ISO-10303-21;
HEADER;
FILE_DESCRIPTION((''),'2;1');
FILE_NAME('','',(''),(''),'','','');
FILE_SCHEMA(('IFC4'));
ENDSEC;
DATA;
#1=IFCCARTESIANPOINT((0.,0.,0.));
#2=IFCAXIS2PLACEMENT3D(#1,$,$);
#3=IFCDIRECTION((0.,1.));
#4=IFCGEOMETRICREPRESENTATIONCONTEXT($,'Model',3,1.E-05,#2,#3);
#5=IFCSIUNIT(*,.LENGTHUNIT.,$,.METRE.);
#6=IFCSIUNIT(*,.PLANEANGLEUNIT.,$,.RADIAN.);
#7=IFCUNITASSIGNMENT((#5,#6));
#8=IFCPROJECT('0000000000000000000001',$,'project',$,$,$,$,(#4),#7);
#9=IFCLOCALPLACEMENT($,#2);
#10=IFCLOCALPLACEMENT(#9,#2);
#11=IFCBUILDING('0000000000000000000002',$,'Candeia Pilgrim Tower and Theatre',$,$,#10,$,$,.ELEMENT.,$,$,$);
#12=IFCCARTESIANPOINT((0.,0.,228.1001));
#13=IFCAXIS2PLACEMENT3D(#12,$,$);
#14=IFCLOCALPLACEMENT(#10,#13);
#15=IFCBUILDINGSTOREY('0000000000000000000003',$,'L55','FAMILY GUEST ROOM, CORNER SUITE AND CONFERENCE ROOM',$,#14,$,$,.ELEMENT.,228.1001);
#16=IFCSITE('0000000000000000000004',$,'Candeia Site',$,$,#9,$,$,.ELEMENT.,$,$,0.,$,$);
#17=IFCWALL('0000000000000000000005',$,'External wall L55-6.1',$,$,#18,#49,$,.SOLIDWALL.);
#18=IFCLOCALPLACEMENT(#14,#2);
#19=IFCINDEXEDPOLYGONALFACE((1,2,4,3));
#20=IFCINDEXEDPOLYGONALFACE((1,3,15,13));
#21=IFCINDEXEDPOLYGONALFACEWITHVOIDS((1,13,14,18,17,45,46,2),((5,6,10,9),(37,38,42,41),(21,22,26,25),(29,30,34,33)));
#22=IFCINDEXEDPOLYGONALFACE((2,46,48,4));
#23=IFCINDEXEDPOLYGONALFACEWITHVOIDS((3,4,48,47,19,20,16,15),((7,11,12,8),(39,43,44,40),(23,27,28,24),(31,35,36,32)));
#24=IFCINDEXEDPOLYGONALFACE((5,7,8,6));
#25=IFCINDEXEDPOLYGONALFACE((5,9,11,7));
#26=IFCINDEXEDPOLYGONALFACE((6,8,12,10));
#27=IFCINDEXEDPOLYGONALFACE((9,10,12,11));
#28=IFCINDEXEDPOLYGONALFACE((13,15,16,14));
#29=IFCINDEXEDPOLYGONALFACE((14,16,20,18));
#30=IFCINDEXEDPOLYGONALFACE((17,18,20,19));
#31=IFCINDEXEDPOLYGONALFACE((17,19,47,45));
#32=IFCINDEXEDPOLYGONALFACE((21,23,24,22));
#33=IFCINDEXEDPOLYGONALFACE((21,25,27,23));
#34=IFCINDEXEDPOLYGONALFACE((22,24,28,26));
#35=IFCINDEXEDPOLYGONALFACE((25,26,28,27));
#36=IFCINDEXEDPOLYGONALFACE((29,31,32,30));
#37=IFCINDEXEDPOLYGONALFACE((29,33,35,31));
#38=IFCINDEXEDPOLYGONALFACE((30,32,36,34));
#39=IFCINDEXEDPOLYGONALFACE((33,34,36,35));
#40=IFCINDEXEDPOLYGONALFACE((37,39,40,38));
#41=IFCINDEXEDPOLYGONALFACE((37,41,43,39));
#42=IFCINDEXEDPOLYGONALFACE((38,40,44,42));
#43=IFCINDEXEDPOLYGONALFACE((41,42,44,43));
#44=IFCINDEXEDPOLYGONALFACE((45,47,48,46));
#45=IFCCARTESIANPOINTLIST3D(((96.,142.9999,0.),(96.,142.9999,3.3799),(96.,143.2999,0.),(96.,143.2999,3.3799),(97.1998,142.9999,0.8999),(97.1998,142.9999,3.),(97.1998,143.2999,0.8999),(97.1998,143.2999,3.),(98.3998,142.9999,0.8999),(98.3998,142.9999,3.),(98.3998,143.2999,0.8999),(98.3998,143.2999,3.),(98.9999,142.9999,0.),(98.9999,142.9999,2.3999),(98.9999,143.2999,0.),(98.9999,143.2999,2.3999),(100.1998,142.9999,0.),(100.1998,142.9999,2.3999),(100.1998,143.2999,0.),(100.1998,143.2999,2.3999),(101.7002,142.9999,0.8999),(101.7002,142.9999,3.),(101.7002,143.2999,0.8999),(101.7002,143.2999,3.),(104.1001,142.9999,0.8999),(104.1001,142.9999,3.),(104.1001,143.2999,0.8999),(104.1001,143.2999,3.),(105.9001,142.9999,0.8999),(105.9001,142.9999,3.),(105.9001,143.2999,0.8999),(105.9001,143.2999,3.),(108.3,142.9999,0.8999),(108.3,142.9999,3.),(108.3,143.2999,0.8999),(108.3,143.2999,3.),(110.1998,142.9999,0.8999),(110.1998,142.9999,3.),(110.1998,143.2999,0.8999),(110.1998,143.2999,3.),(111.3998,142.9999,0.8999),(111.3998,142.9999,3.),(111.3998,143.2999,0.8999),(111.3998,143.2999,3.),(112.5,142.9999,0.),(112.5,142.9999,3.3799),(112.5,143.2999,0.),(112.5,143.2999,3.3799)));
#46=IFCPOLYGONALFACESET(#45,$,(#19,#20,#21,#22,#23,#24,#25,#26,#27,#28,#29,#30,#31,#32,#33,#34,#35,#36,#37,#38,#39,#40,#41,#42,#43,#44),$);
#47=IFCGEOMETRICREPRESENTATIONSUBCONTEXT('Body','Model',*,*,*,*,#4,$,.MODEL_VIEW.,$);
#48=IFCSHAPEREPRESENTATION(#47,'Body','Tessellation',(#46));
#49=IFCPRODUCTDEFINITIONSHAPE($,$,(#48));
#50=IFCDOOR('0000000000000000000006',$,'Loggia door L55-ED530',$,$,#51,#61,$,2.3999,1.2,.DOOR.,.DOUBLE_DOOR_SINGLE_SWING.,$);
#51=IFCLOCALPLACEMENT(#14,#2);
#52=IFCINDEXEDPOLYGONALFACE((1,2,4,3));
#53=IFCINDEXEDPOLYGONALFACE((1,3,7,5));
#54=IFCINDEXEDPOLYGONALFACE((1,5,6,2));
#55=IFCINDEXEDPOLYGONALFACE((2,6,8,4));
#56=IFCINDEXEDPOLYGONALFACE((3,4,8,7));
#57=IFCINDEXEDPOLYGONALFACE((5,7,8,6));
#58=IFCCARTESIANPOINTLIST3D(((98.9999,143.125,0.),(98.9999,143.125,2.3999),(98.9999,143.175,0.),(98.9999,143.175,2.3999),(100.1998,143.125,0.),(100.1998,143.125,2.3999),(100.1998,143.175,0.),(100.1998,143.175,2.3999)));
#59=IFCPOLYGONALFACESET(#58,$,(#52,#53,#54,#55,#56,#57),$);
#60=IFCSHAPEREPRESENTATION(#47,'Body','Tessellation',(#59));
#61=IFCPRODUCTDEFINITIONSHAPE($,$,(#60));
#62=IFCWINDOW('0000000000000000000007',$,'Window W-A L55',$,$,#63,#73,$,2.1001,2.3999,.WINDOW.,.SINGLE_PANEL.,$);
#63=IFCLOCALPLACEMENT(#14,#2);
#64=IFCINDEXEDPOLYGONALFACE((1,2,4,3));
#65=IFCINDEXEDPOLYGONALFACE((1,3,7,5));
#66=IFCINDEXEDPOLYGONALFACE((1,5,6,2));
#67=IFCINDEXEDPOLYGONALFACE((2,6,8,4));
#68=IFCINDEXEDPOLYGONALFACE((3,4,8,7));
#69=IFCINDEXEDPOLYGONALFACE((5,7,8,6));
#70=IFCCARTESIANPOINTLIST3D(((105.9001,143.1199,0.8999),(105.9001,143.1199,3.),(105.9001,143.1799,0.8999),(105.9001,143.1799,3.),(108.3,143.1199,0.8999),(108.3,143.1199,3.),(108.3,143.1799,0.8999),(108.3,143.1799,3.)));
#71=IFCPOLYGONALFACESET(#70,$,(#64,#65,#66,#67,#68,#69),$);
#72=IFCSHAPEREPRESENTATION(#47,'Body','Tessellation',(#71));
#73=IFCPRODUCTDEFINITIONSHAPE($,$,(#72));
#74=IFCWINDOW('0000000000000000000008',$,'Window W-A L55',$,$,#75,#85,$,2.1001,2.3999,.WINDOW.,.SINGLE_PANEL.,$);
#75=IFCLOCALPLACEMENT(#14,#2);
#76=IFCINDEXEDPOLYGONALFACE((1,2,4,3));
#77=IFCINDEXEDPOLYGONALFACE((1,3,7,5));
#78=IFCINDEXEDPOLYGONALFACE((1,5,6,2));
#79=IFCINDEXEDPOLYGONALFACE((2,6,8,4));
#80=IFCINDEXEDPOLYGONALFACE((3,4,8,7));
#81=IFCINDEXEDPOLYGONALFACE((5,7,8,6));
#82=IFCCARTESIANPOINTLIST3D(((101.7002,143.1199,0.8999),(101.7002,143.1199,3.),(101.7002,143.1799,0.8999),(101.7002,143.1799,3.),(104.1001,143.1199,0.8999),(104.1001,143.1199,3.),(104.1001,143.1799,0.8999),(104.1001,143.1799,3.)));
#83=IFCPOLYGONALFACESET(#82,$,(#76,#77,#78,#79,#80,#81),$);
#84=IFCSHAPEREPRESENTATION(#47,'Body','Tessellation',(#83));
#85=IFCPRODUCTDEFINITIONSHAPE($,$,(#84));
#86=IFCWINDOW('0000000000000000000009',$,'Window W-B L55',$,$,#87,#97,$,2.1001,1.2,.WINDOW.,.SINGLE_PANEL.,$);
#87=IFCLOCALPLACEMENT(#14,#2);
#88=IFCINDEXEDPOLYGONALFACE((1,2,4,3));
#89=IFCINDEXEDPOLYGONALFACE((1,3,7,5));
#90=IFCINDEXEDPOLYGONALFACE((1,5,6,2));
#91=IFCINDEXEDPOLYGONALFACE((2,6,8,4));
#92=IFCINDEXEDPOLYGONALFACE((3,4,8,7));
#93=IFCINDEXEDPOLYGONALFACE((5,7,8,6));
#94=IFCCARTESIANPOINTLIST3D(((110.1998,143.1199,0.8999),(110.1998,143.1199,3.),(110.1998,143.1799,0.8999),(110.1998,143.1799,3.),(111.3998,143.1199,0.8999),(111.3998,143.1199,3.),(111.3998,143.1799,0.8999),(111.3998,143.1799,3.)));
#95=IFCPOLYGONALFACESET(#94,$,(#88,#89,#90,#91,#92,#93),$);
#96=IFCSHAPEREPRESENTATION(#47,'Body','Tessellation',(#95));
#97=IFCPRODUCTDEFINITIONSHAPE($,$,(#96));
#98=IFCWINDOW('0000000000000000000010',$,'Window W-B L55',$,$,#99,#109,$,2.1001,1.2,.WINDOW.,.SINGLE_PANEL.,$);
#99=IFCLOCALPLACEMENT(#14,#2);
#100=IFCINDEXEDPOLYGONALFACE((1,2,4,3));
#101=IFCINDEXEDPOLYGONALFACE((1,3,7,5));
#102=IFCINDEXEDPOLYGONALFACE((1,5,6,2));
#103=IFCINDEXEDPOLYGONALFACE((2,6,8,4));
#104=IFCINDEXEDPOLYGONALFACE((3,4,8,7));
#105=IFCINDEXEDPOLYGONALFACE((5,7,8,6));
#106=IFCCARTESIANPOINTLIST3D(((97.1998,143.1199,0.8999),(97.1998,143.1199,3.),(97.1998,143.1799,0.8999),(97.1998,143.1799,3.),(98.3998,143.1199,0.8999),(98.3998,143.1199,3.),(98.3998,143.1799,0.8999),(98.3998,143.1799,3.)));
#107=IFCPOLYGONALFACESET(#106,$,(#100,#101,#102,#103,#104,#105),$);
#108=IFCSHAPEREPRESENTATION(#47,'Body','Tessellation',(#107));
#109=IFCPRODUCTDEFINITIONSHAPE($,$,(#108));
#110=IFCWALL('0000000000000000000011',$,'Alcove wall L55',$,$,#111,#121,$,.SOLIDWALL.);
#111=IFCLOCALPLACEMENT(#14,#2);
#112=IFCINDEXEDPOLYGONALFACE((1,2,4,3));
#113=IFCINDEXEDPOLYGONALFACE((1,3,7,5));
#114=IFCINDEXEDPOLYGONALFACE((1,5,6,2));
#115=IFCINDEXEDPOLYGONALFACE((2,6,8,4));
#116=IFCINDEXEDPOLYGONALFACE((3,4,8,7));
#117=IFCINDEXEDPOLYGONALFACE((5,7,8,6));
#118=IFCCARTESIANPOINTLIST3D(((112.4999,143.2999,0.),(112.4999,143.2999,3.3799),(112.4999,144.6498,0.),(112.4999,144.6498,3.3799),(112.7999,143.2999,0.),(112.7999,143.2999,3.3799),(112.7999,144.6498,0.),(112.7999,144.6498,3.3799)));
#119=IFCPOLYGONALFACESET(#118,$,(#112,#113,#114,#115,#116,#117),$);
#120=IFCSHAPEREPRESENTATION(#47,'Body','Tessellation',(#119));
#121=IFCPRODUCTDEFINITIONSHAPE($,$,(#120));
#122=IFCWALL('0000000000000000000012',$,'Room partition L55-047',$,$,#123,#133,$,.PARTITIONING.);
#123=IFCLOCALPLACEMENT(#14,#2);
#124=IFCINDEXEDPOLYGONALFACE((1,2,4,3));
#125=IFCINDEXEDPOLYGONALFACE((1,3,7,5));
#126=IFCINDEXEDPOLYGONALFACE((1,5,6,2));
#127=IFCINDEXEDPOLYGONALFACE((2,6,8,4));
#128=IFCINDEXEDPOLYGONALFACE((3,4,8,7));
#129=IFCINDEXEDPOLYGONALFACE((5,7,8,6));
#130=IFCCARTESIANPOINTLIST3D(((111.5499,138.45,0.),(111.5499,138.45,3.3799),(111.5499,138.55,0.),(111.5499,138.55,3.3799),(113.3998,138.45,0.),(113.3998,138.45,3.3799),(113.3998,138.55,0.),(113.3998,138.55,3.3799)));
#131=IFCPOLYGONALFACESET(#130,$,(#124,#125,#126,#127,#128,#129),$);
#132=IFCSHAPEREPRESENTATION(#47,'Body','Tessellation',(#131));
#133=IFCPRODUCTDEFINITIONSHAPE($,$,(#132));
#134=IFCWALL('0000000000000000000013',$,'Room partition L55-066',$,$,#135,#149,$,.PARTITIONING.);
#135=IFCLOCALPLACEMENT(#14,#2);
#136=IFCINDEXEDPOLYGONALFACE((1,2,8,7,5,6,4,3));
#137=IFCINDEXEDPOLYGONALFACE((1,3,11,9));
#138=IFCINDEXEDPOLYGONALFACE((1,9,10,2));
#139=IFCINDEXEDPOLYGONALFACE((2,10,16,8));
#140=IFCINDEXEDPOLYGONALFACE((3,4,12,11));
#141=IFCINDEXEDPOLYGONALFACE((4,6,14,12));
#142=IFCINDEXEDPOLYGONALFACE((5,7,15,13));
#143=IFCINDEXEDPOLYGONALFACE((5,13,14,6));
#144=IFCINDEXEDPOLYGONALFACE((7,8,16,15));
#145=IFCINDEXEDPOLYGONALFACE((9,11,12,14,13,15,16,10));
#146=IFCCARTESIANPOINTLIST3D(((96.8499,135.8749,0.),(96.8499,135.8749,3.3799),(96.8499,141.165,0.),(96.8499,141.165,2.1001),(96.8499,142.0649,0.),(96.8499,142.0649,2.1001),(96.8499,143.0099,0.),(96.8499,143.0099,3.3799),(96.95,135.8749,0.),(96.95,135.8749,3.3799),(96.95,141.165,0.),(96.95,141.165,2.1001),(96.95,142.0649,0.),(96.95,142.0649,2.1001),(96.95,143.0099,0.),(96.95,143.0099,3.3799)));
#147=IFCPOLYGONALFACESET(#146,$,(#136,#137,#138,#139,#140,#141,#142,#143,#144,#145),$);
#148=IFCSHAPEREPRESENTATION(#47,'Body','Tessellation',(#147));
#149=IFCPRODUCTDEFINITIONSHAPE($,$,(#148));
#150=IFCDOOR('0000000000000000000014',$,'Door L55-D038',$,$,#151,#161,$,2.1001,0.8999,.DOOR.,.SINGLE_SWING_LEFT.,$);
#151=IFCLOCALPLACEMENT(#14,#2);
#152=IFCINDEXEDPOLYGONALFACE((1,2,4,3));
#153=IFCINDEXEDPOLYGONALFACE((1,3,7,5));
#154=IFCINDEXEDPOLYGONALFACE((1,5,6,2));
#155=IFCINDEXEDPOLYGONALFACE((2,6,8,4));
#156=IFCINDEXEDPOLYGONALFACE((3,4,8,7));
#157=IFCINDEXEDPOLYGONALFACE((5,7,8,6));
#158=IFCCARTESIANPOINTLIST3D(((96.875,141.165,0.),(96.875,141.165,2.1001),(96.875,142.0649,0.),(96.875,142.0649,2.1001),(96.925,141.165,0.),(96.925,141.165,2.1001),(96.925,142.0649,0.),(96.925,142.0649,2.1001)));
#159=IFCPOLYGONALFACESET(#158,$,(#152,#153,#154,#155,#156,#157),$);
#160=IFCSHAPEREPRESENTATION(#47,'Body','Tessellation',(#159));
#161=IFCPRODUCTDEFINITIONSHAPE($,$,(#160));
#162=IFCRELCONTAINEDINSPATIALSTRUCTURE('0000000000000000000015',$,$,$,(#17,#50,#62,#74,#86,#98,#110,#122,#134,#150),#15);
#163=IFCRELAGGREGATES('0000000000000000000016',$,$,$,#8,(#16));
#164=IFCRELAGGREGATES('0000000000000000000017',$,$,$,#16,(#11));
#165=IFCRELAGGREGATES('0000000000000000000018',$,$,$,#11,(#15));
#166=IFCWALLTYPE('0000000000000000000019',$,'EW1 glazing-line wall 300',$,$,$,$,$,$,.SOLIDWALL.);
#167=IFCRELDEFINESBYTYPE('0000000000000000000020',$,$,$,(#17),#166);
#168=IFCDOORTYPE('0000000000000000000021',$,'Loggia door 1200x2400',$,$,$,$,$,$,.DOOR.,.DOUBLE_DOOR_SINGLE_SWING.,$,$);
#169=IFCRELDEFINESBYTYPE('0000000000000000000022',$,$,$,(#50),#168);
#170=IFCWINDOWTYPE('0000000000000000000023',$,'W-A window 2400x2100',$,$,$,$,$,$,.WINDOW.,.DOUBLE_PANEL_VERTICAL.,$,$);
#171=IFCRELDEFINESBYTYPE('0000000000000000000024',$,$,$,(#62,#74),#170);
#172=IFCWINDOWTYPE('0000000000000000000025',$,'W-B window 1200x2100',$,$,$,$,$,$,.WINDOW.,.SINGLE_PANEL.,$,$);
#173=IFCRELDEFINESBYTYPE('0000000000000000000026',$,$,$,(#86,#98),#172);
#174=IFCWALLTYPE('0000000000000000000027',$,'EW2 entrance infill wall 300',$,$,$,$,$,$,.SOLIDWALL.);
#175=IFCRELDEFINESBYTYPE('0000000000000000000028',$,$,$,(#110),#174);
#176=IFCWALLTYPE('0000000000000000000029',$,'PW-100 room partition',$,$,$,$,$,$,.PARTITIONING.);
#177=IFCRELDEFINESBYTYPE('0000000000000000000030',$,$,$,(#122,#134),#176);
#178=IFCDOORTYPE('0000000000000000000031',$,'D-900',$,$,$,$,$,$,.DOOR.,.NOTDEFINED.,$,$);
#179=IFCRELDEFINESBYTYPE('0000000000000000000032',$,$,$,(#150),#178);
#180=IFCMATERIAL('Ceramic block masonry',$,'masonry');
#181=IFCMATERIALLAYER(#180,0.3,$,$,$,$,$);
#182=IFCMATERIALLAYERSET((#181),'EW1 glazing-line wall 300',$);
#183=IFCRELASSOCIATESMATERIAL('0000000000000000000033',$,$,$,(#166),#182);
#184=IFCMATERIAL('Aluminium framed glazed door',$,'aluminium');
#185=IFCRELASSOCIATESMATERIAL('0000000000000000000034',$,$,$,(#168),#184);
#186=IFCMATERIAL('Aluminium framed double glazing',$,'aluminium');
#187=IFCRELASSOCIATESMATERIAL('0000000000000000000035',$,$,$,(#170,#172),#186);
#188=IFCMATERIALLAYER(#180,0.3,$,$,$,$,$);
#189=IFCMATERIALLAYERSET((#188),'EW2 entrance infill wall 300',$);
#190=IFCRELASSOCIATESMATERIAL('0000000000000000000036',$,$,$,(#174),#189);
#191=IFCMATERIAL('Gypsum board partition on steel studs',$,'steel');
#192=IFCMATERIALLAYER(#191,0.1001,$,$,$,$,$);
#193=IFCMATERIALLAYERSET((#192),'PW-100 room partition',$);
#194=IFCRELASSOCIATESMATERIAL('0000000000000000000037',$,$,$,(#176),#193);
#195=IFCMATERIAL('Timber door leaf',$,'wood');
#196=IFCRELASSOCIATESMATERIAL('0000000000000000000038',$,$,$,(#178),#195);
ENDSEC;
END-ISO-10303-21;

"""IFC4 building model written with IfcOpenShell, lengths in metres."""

from ifc_helpers import new_model, si_unit, direction, frame, frame_2d, origin, place, context, subcontext, project, spatial, rectangle, extrude, material, layer, layer_set, type_object, element, fill, save


model = new_model("IFC4")

# Units and contexts
model_context = context("Model", 3, precision=1e-05, world=origin(), true_north=direction((0.0, 1.0)))
body_context = subcontext(model_context, "Body", "Model", "MODEL_VIEW")
ifc_project = project(units=[si_unit("LENGTHUNIT", "METRE"), si_unit("PLANEANGLEUNIT", "RADIAN")], contexts=[model_context])

# Site, building, storey
site_placement = place(None, origin())
site = spatial("IfcSite", under=ifc_project, at=site_placement, Name="Candeia Site", CompositionType="ELEMENT", RefElevation=0.0)
building_placement = place(site_placement, origin())
building = spatial("IfcBuilding", under=site, at=building_placement, Name="Candeia Pilgrim Tower and Theatre", CompositionType="ELEMENT")
storey_placement = place(building_placement, frame((0.0, 0.0, 228.1001)))
storey = spatial("IfcBuildingStorey", under=building, at=storey_placement, Name="L55", Description="FAMILY GUEST ROOM, CORNER SUITE AND CONFERENCE ROOM", CompositionType="ELEMENT", Elevation=228.1001)

# Wall, openings, door, windows
ifc_material_1 = material(Name="Ceramic block masonry", Category="masonry")
ifc_layer_1 = layer(ifc_material_1, 0.3)
ifc_layer_set_1 = layer_set([ifc_layer_1], Name="EW1 glazing-line wall 300")
wall_type_1 = type_object("IfcWallType", Name="EW1 glazing-line wall 300", PredefinedType="SOLIDWALL", material=ifc_layer_set_1)
wall_1_placement = place(storey_placement, frame((112.5, 143.1499, 0.0), z_axis=(0.0, 0.0, 1.0), x_axis=(-1.0, 0.0, 0.0)))
wall_1 = element("IfcWall", 1, at=wall_1_placement, inside=storey, type_object=wall_type_1, Name="External wall L55-6.1", PredefinedType="SOLIDWALL", context=body_context, shape_type="SweptSolid", body=[
    extrude(rectangle(XDim=16.5, YDim=0.3, at=frame_2d((8.25, 0.0))), origin(), (0.0, 0.0, 1.0), 3.3799),
])
opening_1_placement = place(wall_1_placement, frame((1.1001, 0.0, 0.8999)))
opening_1 = element("IfcOpeningElement", 2, at=opening_1_placement, cuts=wall_1, PredefinedType="OPENING", context=body_context, shape_type="SweptSolid", body=[
    extrude(rectangle(XDim=1.2, YDim=2.1001, at=frame_2d((0.6001, 1.05))), frame((0.0, 0.1602, 0.0), z_axis=(0.0, -1.0, 0.0), x_axis=(1.0, 0.0, 0.0)), (0.0, 0.0, 1.0), 0.3201),
])
opening_2_placement = place(wall_1_placement, frame((4.2, 0.0, 0.8999)))
opening_2 = element("IfcOpeningElement", 3, at=opening_2_placement, cuts=wall_1, PredefinedType="OPENING", context=body_context, shape_type="SweptSolid", body=[
    extrude(rectangle(XDim=2.3999, YDim=2.1001, at=frame_2d((1.2, 1.05))), frame((0.0, 0.1602, 0.0), z_axis=(0.0, -1.0, 0.0), x_axis=(1.0, 0.0, 0.0)), (0.0, 0.0, 1.0), 0.3201),
])
opening_3_placement = place(wall_1_placement, frame((8.3999, 0.0, 0.8999)))
opening_3 = element("IfcOpeningElement", 4, at=opening_3_placement, cuts=wall_1, PredefinedType="OPENING", context=body_context, shape_type="SweptSolid", body=[
    extrude(rectangle(XDim=2.3999, YDim=2.1001, at=frame_2d((1.2, 1.05))), frame((0.0, 0.1602, 0.0), z_axis=(0.0, -1.0, 0.0), x_axis=(1.0, 0.0, 0.0)), (0.0, 0.0, 1.0), 0.3201),
])
opening_4_placement = place(wall_1_placement, frame((12.3, 0.0, 0.0)))
opening_4 = element("IfcOpeningElement", 5, at=opening_4_placement, cuts=wall_1, PredefinedType="OPENING", context=body_context, shape_type="SweptSolid", body=[
    extrude(rectangle(XDim=1.2, YDim=2.3999, at=frame_2d((0.6001, 1.2))), frame((0.0, 0.1602, 0.0), z_axis=(0.0, -1.0, 0.0), x_axis=(1.0, 0.0, 0.0)), (0.0, 0.0, 1.0), 0.3201),
])
opening_5_placement = place(wall_1_placement, frame((14.1001, 0.0, 0.8999)))
opening_5 = element("IfcOpeningElement", 6, at=opening_5_placement, cuts=wall_1, PredefinedType="OPENING", context=body_context, shape_type="SweptSolid", body=[
    extrude(rectangle(XDim=1.2, YDim=2.1001, at=frame_2d((0.6001, 1.05))), frame((0.0, 0.1602, 0.0), z_axis=(0.0, -1.0, 0.0), x_axis=(1.0, 0.0, 0.0)), (0.0, 0.0, 1.0), 0.3201),
])
ifc_material_2 = material(Name="Aluminium framed glazed door", Category="aluminium")
door_type_1 = type_object("IfcDoorType", Name="Loggia door 1200x2400", OperationType="DOUBLE_DOOR_SINGLE_SWING", PredefinedType="DOOR", material=ifc_material_2)
door_1_placement = place(opening_4_placement, origin())
door_1 = element("IfcDoor", 7, at=door_1_placement, inside=storey, type_object=door_type_1, Name="Loggia door L55-ED530", OperationType="DOUBLE_DOOR_SINGLE_SWING", OverallHeight=2.3999, OverallWidth=1.2, PredefinedType="DOOR", context=body_context, shape_type="SweptSolid", body=[
    extrude(rectangle(XDim=1.2, YDim=2.3999, at=frame_2d((0.6001, 1.2))), frame((0.0, 0.0249, 0.0), z_axis=(0.0, -1.0, 0.0), x_axis=(1.0, 0.0, 0.0)), (0.0, 0.0, 1.0), 0.05),
])
fill(opening_4, door_1)
ifc_material_3 = material(Name="Aluminium framed double glazing", Category="aluminium")
window_type_1 = type_object("IfcWindowType", Name="W-A window 2400x2100", PartitioningType="DOUBLE_PANEL_VERTICAL", PredefinedType="WINDOW", material=ifc_material_3)
window_1_placement = place(opening_2_placement, origin())
window_1 = element("IfcWindow", 8, at=window_1_placement, inside=storey, type_object=window_type_1, Name="Window W-A L55", OverallHeight=2.1001, OverallWidth=2.3999, PartitioningType="SINGLE_PANEL", PredefinedType="WINDOW", context=body_context, shape_type="SweptSolid", body=[
    extrude(rectangle(XDim=2.3999, YDim=2.1001, at=frame_2d((1.2, 1.05))), frame((0.0, 0.03, 0.0), z_axis=(0.0, -1.0, 0.0), x_axis=(1.0, 0.0, 0.0)), (0.0, 0.0, 1.0), 0.0601),
])
fill(opening_2, window_1)
window_2_placement = place(opening_3_placement, origin())
window_2 = element("IfcWindow", 9, at=window_2_placement, inside=storey, type_object=window_type_1, Name="Window W-A L55", OverallHeight=2.1001, OverallWidth=2.3999, PartitioningType="SINGLE_PANEL", PredefinedType="WINDOW", context=body_context, shape_type="SweptSolid", body=[
    extrude(rectangle(XDim=2.3999, YDim=2.1001, at=frame_2d((1.2, 1.05))), frame((0.0, 0.03, 0.0), z_axis=(0.0, -1.0, 0.0), x_axis=(1.0, 0.0, 0.0)), (0.0, 0.0, 1.0), 0.0601),
])
fill(opening_3, window_2)
window_type_2 = type_object("IfcWindowType", Name="W-B window 1200x2100", PartitioningType="SINGLE_PANEL", PredefinedType="WINDOW", material=ifc_material_3)
window_3_placement = place(opening_1_placement, origin())
window_3 = element("IfcWindow", 10, at=window_3_placement, inside=storey, type_object=window_type_2, Name="Window W-B L55", OverallHeight=2.1001, OverallWidth=1.2, PartitioningType="SINGLE_PANEL", PredefinedType="WINDOW", context=body_context, shape_type="SweptSolid", body=[
    extrude(rectangle(XDim=1.2, YDim=2.1001, at=frame_2d((0.6001, 1.05))), frame((0.0, 0.03, 0.0), z_axis=(0.0, -1.0, 0.0), x_axis=(1.0, 0.0, 0.0)), (0.0, 0.0, 1.0), 0.0601),
])
fill(opening_1, window_3)
window_4_placement = place(opening_5_placement, origin())
window_4 = element("IfcWindow", 11, at=window_4_placement, inside=storey, type_object=window_type_2, Name="Window W-B L55", OverallHeight=2.1001, OverallWidth=1.2, PartitioningType="SINGLE_PANEL", PredefinedType="WINDOW", context=body_context, shape_type="SweptSolid", body=[
    extrude(rectangle(XDim=1.2, YDim=2.1001, at=frame_2d((0.6001, 1.05))), frame((0.0, 0.03, 0.0), z_axis=(0.0, -1.0, 0.0), x_axis=(1.0, 0.0, 0.0)), (0.0, 0.0, 1.0), 0.0601),
])
fill(opening_5, window_4)

# Walls
ifc_layer_2 = layer(ifc_material_1, 0.3)
ifc_layer_set_2 = layer_set([ifc_layer_2], Name="EW2 entrance infill wall 300")
wall_type_2 = type_object("IfcWallType", Name="EW2 entrance infill wall 300", PredefinedType="SOLIDWALL", material=ifc_layer_set_2)
wall_2_placement = place(storey_placement, frame((112.6499, 143.3, 0.0), z_axis=(0.0, 0.0, 1.0), x_axis=(0.0, 1.0, 0.0)))
element("IfcWall", 12, at=wall_2_placement, inside=storey, type_object=wall_type_2, Name="Alcove wall L55", PredefinedType="SOLIDWALL", context=body_context, shape_type="SweptSolid", body=[
    extrude(rectangle(XDim=1.3499, YDim=0.3, at=frame_2d((0.6748, 0.0))), origin(), (0.0, 0.0, 1.0), 3.3799),
])
ifc_material_4 = material(Name="Gypsum board partition on steel studs", Category="steel")
ifc_layer_3 = layer(ifc_material_4, 0.1001)
ifc_layer_set_3 = layer_set([ifc_layer_3], Name="PW-100 room partition")
wall_type_3 = type_object("IfcWallType", Name="PW-100 room partition", PredefinedType="PARTITIONING", material=ifc_layer_set_3)
wall_3_placement = place(storey_placement, frame((111.55, 138.5, 0.0), z_axis=(0.0, 0.0, 1.0), x_axis=(1.0, 0.0, 0.0)))
element("IfcWall", 13, at=wall_3_placement, inside=storey, type_object=wall_type_3, Name="Room partition L55-047", PredefinedType="PARTITIONING", context=body_context, shape_type="SweptSolid", body=[
    extrude(rectangle(XDim=1.8499, YDim=0.1001, at=frame_2d((0.9248, 0.0))), origin(), (0.0, 0.0, 1.0), 3.3799),
])

# Wall, opening, door
wall_4_placement = place(storey_placement, frame((96.8999, 135.875, 0.0), z_axis=(0.0, 0.0, 1.0), x_axis=(0.0, 1.0, 0.0)))
wall_4 = element("IfcWall", 14, at=wall_4_placement, inside=storey, type_object=wall_type_3, Name="Room partition L55-066", PredefinedType="PARTITIONING", context=body_context, shape_type="SweptSolid", body=[
    extrude(rectangle(XDim=7.135, YDim=0.1001, at=frame_2d((3.5674, 0.0))), origin(), (0.0, 0.0, 1.0), 3.3799),
])
opening_6_placement = place(wall_4_placement, frame((5.29, 0.0, 0.0)))
opening_6 = element("IfcOpeningElement", 15, at=opening_6_placement, cuts=wall_4, PredefinedType="OPENING", context=body_context, shape_type="SweptSolid", body=[
    extrude(rectangle(XDim=0.8999, YDim=2.1001, at=frame_2d((0.45, 1.05))), frame((0.0, 0.0601, 0.0), z_axis=(0.0, -1.0, 0.0), x_axis=(1.0, 0.0, 0.0)), (0.0, 0.0, 1.0), 0.1201),
])
ifc_material_5 = material(Name="Timber door leaf", Category="wood")
door_type_2 = type_object("IfcDoorType", Name="D-900", OperationType="NOTDEFINED", PredefinedType="DOOR", material=ifc_material_5)
door_2_placement = place(opening_6_placement, origin())
door_2 = element("IfcDoor", 16, at=door_2_placement, inside=storey, type_object=door_type_2, Name="Door L55-D038", OperationType="SINGLE_SWING_LEFT", OverallHeight=2.1001, OverallWidth=0.8999, PredefinedType="DOOR", context=body_context, shape_type="SweptSolid", body=[
    extrude(rectangle(XDim=0.8999, YDim=2.1001, at=frame_2d((0.45, 1.05))), frame((0.0, 0.0249, 0.0), z_axis=(0.0, -1.0, 0.0), x_axis=(1.0, 0.0, 0.0)), (0.0, 0.0, 1.0), 0.05),
])
fill(opening_6, door_2)

save(model, "model.ifc")
